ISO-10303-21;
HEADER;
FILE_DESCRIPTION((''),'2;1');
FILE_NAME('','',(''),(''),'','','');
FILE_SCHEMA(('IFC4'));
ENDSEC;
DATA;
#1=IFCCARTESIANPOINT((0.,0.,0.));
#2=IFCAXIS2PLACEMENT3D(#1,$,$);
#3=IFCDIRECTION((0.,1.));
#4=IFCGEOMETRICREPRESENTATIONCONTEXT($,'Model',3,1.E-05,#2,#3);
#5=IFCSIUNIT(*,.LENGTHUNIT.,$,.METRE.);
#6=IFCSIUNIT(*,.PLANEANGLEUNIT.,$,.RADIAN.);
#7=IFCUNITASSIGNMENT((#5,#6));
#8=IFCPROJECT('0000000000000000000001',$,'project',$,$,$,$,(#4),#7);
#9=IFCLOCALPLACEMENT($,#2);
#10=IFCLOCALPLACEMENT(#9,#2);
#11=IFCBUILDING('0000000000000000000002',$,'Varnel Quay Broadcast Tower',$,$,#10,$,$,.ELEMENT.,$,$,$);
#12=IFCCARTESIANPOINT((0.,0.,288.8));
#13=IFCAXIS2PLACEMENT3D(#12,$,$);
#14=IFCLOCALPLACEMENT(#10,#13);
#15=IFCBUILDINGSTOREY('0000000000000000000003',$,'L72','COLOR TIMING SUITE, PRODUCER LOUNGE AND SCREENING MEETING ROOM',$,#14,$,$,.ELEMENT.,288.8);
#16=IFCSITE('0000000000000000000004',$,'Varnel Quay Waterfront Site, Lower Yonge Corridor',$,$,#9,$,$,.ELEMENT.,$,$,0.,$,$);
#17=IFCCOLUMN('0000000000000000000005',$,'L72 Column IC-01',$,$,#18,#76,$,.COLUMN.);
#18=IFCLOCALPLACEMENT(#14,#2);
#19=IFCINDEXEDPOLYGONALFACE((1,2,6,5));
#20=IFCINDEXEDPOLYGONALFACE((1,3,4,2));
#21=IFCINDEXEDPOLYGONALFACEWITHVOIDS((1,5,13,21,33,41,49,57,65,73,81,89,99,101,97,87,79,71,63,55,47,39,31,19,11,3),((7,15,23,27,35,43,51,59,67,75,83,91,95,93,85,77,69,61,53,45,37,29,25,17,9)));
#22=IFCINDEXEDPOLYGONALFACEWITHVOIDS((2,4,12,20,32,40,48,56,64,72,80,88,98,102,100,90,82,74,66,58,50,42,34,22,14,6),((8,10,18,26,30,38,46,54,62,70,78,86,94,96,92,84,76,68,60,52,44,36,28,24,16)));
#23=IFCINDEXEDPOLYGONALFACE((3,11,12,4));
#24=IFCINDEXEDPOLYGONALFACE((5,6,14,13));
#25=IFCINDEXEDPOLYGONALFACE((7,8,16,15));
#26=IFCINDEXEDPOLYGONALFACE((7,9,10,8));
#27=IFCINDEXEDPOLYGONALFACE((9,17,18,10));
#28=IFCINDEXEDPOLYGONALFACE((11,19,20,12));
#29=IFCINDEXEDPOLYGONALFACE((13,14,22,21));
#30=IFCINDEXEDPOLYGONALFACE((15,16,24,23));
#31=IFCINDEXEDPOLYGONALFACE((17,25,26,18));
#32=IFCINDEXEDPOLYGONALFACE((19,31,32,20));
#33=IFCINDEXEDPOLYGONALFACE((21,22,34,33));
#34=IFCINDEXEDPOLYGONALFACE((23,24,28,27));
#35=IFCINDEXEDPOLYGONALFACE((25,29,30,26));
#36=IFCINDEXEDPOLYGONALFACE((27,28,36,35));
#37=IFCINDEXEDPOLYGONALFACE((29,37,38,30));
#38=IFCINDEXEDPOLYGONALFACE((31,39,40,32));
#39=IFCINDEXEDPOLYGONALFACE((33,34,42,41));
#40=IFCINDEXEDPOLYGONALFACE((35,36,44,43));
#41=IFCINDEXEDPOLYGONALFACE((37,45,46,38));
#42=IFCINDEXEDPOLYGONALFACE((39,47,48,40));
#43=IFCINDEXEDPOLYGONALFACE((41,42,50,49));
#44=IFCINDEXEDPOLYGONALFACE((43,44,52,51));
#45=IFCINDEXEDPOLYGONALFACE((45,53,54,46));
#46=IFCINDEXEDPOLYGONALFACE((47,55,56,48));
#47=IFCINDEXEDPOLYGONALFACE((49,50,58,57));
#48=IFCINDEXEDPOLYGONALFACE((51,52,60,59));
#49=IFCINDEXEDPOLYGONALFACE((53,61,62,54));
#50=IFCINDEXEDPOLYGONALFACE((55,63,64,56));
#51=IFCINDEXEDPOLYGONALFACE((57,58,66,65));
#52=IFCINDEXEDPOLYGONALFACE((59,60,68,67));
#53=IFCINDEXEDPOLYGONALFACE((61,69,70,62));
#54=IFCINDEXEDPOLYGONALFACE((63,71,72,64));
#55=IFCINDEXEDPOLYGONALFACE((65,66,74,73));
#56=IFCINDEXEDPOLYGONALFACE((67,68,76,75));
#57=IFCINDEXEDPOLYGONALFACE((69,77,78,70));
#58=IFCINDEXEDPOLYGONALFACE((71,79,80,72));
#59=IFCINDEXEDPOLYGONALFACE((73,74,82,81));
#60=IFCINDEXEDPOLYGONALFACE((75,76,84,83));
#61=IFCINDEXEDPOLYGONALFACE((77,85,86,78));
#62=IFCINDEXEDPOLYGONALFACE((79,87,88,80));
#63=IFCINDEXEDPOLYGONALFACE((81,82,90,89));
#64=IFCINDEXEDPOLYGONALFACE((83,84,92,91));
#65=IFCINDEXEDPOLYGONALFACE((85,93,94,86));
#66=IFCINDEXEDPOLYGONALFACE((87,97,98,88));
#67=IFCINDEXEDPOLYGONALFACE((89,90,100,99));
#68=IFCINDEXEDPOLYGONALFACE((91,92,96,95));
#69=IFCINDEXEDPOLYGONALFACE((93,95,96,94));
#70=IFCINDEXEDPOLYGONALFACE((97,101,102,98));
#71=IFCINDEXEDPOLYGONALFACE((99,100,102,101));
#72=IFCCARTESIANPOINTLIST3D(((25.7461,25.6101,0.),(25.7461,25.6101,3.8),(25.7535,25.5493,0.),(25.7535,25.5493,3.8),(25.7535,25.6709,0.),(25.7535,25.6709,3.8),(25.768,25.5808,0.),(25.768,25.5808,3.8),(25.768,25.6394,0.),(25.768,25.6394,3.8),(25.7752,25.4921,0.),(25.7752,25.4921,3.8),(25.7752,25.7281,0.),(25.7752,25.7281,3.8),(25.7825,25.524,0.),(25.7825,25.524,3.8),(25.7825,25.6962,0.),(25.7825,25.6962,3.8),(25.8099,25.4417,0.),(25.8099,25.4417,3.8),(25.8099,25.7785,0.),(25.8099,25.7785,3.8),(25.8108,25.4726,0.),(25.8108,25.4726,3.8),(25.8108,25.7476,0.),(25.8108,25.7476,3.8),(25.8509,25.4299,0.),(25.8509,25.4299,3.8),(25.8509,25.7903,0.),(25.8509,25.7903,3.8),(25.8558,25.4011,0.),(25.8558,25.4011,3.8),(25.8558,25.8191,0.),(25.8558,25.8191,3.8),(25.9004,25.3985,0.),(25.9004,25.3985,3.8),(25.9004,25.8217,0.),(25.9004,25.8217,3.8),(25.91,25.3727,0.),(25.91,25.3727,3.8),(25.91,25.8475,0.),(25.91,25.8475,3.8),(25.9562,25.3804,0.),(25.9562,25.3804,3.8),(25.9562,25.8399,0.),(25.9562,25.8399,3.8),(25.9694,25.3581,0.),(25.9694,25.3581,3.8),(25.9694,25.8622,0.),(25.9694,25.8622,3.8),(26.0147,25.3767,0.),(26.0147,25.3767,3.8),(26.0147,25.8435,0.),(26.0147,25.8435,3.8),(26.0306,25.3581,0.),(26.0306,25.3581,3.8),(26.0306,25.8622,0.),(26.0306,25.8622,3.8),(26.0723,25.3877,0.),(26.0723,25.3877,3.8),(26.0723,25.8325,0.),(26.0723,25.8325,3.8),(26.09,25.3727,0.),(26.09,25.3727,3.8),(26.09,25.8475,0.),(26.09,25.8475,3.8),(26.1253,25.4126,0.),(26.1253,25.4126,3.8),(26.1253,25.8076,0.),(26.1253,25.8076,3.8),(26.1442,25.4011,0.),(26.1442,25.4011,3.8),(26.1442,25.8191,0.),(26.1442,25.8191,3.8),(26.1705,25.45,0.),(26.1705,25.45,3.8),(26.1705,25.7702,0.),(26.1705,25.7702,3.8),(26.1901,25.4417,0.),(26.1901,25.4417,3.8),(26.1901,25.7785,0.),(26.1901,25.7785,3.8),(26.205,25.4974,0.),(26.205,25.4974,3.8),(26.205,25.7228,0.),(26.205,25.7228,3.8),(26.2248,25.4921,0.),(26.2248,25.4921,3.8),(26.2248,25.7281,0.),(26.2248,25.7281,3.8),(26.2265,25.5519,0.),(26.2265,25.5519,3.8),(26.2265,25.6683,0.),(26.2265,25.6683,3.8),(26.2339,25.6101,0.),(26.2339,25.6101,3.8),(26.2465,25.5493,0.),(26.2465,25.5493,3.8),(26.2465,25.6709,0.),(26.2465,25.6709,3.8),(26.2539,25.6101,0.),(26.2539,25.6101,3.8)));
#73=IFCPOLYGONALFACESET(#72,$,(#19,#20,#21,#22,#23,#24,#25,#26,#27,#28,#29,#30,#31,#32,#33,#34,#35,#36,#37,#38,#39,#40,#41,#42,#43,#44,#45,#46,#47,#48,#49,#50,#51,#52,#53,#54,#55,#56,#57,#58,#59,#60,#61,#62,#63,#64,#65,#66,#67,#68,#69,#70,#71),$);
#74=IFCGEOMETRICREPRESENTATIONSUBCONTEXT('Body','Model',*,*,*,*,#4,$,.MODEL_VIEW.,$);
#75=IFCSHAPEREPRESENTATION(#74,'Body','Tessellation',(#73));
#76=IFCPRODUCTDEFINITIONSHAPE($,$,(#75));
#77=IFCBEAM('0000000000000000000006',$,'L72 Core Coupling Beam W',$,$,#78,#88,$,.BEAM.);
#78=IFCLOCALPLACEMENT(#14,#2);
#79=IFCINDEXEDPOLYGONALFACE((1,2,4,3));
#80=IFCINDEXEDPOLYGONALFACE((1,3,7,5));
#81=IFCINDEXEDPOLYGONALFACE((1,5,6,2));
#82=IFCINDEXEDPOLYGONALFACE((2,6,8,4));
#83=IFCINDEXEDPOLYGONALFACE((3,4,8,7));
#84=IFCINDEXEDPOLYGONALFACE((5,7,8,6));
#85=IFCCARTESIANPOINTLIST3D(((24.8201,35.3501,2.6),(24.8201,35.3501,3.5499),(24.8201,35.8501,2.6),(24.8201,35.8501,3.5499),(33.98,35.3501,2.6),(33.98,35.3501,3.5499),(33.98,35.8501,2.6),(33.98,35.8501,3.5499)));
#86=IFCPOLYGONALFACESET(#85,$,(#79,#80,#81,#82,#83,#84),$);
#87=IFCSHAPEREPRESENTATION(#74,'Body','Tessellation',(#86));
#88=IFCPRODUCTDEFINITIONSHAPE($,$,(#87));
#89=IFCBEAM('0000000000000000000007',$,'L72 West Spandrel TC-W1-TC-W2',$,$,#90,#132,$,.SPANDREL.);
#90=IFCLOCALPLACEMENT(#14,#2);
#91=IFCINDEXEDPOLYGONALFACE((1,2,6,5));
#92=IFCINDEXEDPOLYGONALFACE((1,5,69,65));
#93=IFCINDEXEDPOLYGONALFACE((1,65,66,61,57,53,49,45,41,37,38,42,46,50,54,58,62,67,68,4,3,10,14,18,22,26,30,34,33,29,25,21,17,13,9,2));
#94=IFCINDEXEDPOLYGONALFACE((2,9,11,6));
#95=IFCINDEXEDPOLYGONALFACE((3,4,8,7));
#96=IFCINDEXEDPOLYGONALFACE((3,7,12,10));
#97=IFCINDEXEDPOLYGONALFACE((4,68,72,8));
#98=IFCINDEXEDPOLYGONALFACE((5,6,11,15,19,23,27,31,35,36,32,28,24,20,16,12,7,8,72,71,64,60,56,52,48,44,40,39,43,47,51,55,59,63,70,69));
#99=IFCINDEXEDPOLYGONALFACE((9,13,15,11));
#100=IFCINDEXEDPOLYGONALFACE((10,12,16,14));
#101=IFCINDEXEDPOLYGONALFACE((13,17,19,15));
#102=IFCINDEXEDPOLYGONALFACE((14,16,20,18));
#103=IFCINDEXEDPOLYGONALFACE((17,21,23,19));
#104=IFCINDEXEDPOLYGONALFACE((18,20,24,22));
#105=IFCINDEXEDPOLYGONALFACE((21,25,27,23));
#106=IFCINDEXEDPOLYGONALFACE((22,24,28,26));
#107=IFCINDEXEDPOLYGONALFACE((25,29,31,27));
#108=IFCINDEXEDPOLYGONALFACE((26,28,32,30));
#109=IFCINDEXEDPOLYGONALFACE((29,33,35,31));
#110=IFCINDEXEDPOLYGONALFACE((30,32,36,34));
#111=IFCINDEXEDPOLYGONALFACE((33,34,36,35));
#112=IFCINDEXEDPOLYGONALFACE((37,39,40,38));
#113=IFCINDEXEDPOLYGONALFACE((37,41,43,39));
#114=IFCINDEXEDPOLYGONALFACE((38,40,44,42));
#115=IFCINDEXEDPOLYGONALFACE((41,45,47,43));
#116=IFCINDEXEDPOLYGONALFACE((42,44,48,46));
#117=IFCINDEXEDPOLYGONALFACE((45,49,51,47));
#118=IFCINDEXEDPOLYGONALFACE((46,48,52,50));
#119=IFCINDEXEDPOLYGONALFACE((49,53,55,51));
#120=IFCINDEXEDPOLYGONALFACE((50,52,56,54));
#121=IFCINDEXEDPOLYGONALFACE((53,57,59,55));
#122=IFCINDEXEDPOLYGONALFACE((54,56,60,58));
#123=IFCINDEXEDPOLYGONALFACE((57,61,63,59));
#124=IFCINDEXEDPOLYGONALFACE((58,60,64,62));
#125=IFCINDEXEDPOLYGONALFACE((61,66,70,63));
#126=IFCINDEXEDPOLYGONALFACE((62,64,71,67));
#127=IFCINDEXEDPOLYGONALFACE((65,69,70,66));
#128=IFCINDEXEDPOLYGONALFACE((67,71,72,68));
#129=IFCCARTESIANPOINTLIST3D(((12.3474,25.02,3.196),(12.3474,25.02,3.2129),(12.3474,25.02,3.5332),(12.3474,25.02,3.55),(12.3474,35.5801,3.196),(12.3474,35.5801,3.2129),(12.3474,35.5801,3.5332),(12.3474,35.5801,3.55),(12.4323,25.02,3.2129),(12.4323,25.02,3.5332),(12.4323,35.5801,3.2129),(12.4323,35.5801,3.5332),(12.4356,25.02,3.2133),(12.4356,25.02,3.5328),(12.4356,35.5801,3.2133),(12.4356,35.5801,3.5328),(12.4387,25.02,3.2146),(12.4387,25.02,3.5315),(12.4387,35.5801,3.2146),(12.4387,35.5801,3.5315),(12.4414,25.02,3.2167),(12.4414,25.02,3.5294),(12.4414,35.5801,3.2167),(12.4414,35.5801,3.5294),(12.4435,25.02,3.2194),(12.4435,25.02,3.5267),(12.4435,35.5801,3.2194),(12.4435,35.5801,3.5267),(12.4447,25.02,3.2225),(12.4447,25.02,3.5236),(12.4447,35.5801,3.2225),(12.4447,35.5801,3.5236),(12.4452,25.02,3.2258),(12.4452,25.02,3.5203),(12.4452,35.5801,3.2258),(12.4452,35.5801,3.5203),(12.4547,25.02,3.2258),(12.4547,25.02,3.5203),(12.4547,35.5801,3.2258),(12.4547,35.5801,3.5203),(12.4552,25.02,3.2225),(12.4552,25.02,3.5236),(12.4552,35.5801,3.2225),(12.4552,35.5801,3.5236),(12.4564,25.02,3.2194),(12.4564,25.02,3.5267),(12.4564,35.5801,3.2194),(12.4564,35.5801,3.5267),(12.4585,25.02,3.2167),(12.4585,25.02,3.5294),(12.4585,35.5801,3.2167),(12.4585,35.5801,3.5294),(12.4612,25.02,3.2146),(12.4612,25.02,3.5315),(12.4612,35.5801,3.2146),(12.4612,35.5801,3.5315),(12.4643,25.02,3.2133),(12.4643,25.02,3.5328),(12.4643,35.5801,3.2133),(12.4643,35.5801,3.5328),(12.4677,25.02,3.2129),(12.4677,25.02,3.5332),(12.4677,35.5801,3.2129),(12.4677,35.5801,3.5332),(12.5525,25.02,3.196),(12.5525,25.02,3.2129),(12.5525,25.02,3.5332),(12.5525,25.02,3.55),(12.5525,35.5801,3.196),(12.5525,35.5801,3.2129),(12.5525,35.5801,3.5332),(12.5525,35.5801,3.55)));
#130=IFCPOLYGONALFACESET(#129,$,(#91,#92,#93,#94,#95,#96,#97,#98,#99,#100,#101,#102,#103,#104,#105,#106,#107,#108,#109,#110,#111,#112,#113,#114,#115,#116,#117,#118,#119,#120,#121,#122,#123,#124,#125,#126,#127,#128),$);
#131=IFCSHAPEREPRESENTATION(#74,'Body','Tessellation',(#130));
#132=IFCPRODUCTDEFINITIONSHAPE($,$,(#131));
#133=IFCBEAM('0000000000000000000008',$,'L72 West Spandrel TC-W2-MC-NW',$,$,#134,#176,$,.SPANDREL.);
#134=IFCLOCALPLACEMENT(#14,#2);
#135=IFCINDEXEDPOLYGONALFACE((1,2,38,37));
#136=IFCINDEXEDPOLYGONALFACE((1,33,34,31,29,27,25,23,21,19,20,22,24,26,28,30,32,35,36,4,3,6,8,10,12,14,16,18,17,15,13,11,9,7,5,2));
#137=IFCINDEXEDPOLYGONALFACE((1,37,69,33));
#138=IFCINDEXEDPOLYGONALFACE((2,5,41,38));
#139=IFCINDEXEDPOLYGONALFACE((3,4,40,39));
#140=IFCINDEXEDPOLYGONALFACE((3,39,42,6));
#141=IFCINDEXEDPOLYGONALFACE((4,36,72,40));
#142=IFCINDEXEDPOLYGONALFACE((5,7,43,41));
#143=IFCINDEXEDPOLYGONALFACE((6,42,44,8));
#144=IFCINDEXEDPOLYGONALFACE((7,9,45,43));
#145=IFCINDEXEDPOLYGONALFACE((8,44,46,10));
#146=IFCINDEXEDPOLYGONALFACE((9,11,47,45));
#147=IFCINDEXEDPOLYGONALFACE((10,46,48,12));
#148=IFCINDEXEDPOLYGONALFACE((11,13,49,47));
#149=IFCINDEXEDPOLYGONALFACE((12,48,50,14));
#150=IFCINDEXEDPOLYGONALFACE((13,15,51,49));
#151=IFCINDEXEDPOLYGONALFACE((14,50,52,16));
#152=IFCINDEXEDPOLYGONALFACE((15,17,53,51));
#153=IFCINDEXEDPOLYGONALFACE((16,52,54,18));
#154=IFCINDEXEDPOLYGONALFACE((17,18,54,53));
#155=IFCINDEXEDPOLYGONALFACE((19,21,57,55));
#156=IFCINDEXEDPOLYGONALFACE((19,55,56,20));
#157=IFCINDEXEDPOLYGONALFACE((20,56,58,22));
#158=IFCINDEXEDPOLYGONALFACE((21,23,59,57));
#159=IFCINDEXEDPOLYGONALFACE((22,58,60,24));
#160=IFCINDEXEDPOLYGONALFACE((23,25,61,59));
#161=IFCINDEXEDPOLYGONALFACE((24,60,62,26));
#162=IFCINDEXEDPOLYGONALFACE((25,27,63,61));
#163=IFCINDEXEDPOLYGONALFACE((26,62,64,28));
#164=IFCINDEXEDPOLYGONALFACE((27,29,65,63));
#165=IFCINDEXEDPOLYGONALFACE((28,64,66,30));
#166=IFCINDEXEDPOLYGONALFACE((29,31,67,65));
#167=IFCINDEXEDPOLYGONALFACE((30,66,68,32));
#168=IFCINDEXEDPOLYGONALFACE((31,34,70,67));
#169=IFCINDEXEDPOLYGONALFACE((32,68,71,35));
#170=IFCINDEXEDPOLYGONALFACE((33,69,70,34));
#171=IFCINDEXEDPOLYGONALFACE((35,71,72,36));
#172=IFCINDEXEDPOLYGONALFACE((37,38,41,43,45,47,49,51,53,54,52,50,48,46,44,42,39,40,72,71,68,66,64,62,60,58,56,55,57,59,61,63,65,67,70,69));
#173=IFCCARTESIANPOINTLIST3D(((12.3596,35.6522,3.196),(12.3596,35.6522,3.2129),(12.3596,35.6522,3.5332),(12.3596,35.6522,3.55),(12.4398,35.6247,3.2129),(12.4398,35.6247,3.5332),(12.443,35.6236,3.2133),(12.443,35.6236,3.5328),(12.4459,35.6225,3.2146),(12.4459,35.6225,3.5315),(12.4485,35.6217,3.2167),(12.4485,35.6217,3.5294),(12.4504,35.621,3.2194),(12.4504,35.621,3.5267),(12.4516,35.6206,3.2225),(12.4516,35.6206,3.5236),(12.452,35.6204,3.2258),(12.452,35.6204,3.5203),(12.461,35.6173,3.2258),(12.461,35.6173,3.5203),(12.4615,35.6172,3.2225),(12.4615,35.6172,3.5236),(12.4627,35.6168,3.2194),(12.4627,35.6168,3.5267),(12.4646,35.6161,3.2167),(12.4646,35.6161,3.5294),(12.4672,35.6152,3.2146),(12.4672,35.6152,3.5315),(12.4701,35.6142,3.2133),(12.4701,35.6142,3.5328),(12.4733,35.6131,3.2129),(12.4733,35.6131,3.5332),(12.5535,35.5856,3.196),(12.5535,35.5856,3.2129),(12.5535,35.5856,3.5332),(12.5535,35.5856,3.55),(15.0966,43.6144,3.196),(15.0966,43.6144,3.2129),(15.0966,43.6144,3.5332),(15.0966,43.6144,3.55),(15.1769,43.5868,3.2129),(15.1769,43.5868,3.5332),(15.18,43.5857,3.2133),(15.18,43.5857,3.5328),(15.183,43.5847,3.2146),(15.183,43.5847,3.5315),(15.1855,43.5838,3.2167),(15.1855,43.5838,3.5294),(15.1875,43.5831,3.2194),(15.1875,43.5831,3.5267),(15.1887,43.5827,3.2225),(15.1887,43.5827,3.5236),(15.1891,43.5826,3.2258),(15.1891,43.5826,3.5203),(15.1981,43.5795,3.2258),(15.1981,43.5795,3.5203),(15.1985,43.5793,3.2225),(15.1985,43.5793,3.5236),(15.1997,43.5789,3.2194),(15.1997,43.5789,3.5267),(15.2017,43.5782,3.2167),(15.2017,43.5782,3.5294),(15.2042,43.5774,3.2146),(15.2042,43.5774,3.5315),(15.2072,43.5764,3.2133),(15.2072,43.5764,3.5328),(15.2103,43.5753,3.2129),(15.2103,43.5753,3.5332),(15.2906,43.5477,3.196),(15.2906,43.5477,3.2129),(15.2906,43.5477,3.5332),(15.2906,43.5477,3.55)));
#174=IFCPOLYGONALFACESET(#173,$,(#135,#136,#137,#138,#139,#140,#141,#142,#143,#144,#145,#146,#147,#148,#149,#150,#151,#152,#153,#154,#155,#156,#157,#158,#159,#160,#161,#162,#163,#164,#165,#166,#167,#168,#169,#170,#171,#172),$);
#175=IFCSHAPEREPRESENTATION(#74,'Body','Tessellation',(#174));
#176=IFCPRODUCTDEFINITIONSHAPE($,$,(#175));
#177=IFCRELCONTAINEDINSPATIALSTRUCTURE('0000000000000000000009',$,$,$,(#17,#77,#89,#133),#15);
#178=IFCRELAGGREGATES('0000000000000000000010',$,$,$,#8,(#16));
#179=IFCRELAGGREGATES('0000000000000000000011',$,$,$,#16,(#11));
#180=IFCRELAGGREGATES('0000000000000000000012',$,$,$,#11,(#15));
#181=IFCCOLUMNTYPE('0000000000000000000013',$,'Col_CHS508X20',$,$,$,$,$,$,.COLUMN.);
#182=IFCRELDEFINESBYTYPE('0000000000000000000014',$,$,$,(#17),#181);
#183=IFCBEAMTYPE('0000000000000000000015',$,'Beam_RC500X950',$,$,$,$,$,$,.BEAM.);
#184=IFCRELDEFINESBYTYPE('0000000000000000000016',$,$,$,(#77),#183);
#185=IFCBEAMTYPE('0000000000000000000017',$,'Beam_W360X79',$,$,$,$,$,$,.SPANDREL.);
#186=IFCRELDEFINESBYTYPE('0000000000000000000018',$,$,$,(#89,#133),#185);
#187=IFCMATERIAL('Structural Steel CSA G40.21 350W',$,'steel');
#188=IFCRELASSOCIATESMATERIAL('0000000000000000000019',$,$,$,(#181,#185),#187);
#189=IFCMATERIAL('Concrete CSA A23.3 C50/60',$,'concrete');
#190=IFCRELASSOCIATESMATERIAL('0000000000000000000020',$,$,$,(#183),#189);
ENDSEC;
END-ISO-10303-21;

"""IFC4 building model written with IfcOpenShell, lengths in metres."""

from ifc_helpers import new_model, si_unit, direction, frame, origin, origin_2d, place, context, subcontext, project, spatial, rectangle, hollow_circle, i_section, extrude, source, transform, mapped, material, material_profile, profile_set, type_object, type_shapes, element, save


model = new_model("IFC4")

# Units and contexts
model_context = context("Model", 3, precision=1e-05, world=origin(), true_north=direction((0.0, 1.0)))
body_context = subcontext(model_context, "Body", "Model", "MODEL_VIEW")
ifc_project = project(units=[si_unit("LENGTHUNIT", "METRE"), si_unit("PLANEANGLEUNIT", "RADIAN")], contexts=[model_context])

# Site, building, storey
site_placement = place(None, origin())
site = spatial("IfcSite", under=ifc_project, at=site_placement, Name="Varnel Quay Waterfront Site, Lower Yonge Corridor", CompositionType="ELEMENT", RefElevation=0.0)
building_placement = place(site_placement, origin())
building = spatial("IfcBuilding", under=site, at=building_placement, Name="Varnel Quay Broadcast Tower", CompositionType="ELEMENT")
storey_placement = place(building_placement, frame((0.0, 0.0, 288.8)))
storey = spatial("IfcBuildingStorey", under=building, at=storey_placement, Name="L72", Description="COLOR TIMING SUITE, PRODUCER LOUNGE AND SCREENING MEETING ROOM", CompositionType="ELEMENT", Elevation=288.8)

# Column
ifc_material_1 = material(Name="Structural Steel CSA G40.21 350W", Category="steel")
ifc_material_profile_1 = material_profile(ifc_material_1, hollow_circle(Radius=0.2539, WallThickness=0.02, at=origin_2d()), Name="CHS508X20")
ifc_profile_set_1 = profile_set([ifc_material_profile_1], Name="Structural Steel CSA G40.21 350W")
column_type_1 = type_object("IfcColumnType", Name="Col_CHS508X20", PredefinedType="COLUMN", material=ifc_profile_set_1)
shared_shape_1 = source(origin(), body_context, "Body", "SweptSolid", [
    extrude(hollow_circle(Radius=0.2539, WallThickness=0.02, at=origin_2d()), origin(), (0.0, 0.0, 1.0), 3.8),
])
type_shapes(column_type_1, [shared_shape_1])
column_placement = place(storey_placement, frame((26.0, 25.6101, 0.0), z_axis=(0.0, 0.0, 1.0), x_axis=(1.0, 0.0, 0.0)))
element("IfcColumn", 1, at=column_placement, inside=storey, type_object=column_type_1, Name="L72 Column IC-01", PredefinedType="COLUMN", context=body_context, shape_type="MappedRepresentation", body=[
    mapped(shared_shape_1, transform((0.0, 0.0, 0.0), x_axis=(1.0, 0.0, 0.0), y_axis=(0.0, 1.0, 0.0), z_axis=(0.0, 0.0, 1.0), scale=1.0)),
])

# Beams
ifc_material_2 = material(Name="Concrete CSA A23.3 C50/60", Category="concrete")
ifc_material_profile_2 = material_profile(ifc_material_2, rectangle(XDim=0.5, YDim=0.95, at=origin_2d()), Name="RC500X950")
ifc_profile_set_2 = profile_set([ifc_material_profile_2], Name="Concrete CSA A23.3 C50/60")
beam_type_1 = type_object("IfcBeamType", Name="Beam_RC500X950", PredefinedType="BEAM", material=ifc_profile_set_2)
shared_shape_2 = source(origin(), body_context, "Body", "SweptSolid", [
    extrude(rectangle(XDim=0.5, YDim=0.95, at=origin_2d()), origin(), (0.0, 0.0, 1.0), 9.1599),
])
type_shapes(beam_type_1, [shared_shape_2])
beam_1_placement = place(storey_placement, frame((24.8201, 35.6001, 3.075), z_axis=(1.0, 0.0, 0.0), x_axis=(0.0, 1.0, 0.0)))
element("IfcBeam", 2, at=beam_1_placement, inside=storey, type_object=beam_type_1, Name="L72 Core Coupling Beam W", PredefinedType="BEAM", context=body_context, shape_type="MappedRepresentation", body=[
    mapped(shared_shape_2, transform((0.0, 0.0, 0.0), x_axis=(1.0, 0.0, 0.0), y_axis=(0.0, 1.0, 0.0), z_axis=(0.0, 0.0, 1.0), scale=1.0)),
])
ifc_material_profile_3 = material_profile(ifc_material_1, i_section(OverallWidth=0.2051, OverallDepth=0.354, WebThickness=0.0095, FlangeThickness=0.0168, FilletRadius=0.0129, at=origin_2d()), Name="W360X79")
ifc_profile_set_3 = profile_set([ifc_material_profile_3], Name="Structural Steel CSA G40.21 350W")
beam_type_2 = type_object("IfcBeamType", Name="Beam_W360X79", PredefinedType="SPANDREL", material=ifc_profile_set_3)
shared_shape_3 = source(origin(), body_context, "Body", "SweptSolid", [
    extrude(i_section(OverallWidth=0.2051, OverallDepth=0.354, WebThickness=0.0095, FlangeThickness=0.0168, FilletRadius=0.0129, at=origin_2d()), origin(), (0.0, 0.0, 1.0), 10.5601),
])
beam_2_placement = place(storey_placement, frame((12.45, 25.02, 3.373), z_axis=(0.0, 1.0, 0.0), x_axis=(-1.0, 0.0, 0.0)))
element("IfcBeam", 3, at=beam_2_placement, inside=storey, type_object=beam_type_2, Name="L72 West Spandrel TC-W1-TC-W2", PredefinedType="SPANDREL", context=body_context, shape_type="MappedRepresentation", body=[
    mapped(shared_shape_3, transform((0.0, 0.0, 0.0), x_axis=(1.0, 0.0, 0.0), y_axis=(0.0, 1.0, 0.0), z_axis=(0.0, 0.0, 1.0), scale=1.0)),
])
shared_shape_4 = source(origin(), body_context, "Body", "SweptSolid", [
    extrude(i_section(OverallWidth=0.2051, OverallDepth=0.354, WebThickness=0.0095, FlangeThickness=0.0168, FilletRadius=0.0129, at=origin_2d()), origin(), (0.0, 0.0, 1.0), 8.4194),
])
type_shapes(beam_type_2, [shared_shape_3, shared_shape_4])
beam_3_placement = place(storey_placement, frame((12.4565, 35.6189, 3.373), z_axis=(0.325087, 0.945684, 0.0), x_axis=(-0.945684, 0.325087, 0.0)))
element("IfcBeam", 4, at=beam_3_placement, inside=storey, type_object=beam_type_2, Name="L72 West Spandrel TC-W2-MC-NW", PredefinedType="SPANDREL", context=body_context, shape_type="MappedRepresentation", body=[
    mapped(shared_shape_4, transform((0.0, 0.0, 0.0), x_axis=(1.0, 0.0, 0.0), y_axis=(0.0, 1.0, 0.0), z_axis=(0.0, 0.0, 1.0), scale=1.0)),
])

save(model, "model.ifc")
